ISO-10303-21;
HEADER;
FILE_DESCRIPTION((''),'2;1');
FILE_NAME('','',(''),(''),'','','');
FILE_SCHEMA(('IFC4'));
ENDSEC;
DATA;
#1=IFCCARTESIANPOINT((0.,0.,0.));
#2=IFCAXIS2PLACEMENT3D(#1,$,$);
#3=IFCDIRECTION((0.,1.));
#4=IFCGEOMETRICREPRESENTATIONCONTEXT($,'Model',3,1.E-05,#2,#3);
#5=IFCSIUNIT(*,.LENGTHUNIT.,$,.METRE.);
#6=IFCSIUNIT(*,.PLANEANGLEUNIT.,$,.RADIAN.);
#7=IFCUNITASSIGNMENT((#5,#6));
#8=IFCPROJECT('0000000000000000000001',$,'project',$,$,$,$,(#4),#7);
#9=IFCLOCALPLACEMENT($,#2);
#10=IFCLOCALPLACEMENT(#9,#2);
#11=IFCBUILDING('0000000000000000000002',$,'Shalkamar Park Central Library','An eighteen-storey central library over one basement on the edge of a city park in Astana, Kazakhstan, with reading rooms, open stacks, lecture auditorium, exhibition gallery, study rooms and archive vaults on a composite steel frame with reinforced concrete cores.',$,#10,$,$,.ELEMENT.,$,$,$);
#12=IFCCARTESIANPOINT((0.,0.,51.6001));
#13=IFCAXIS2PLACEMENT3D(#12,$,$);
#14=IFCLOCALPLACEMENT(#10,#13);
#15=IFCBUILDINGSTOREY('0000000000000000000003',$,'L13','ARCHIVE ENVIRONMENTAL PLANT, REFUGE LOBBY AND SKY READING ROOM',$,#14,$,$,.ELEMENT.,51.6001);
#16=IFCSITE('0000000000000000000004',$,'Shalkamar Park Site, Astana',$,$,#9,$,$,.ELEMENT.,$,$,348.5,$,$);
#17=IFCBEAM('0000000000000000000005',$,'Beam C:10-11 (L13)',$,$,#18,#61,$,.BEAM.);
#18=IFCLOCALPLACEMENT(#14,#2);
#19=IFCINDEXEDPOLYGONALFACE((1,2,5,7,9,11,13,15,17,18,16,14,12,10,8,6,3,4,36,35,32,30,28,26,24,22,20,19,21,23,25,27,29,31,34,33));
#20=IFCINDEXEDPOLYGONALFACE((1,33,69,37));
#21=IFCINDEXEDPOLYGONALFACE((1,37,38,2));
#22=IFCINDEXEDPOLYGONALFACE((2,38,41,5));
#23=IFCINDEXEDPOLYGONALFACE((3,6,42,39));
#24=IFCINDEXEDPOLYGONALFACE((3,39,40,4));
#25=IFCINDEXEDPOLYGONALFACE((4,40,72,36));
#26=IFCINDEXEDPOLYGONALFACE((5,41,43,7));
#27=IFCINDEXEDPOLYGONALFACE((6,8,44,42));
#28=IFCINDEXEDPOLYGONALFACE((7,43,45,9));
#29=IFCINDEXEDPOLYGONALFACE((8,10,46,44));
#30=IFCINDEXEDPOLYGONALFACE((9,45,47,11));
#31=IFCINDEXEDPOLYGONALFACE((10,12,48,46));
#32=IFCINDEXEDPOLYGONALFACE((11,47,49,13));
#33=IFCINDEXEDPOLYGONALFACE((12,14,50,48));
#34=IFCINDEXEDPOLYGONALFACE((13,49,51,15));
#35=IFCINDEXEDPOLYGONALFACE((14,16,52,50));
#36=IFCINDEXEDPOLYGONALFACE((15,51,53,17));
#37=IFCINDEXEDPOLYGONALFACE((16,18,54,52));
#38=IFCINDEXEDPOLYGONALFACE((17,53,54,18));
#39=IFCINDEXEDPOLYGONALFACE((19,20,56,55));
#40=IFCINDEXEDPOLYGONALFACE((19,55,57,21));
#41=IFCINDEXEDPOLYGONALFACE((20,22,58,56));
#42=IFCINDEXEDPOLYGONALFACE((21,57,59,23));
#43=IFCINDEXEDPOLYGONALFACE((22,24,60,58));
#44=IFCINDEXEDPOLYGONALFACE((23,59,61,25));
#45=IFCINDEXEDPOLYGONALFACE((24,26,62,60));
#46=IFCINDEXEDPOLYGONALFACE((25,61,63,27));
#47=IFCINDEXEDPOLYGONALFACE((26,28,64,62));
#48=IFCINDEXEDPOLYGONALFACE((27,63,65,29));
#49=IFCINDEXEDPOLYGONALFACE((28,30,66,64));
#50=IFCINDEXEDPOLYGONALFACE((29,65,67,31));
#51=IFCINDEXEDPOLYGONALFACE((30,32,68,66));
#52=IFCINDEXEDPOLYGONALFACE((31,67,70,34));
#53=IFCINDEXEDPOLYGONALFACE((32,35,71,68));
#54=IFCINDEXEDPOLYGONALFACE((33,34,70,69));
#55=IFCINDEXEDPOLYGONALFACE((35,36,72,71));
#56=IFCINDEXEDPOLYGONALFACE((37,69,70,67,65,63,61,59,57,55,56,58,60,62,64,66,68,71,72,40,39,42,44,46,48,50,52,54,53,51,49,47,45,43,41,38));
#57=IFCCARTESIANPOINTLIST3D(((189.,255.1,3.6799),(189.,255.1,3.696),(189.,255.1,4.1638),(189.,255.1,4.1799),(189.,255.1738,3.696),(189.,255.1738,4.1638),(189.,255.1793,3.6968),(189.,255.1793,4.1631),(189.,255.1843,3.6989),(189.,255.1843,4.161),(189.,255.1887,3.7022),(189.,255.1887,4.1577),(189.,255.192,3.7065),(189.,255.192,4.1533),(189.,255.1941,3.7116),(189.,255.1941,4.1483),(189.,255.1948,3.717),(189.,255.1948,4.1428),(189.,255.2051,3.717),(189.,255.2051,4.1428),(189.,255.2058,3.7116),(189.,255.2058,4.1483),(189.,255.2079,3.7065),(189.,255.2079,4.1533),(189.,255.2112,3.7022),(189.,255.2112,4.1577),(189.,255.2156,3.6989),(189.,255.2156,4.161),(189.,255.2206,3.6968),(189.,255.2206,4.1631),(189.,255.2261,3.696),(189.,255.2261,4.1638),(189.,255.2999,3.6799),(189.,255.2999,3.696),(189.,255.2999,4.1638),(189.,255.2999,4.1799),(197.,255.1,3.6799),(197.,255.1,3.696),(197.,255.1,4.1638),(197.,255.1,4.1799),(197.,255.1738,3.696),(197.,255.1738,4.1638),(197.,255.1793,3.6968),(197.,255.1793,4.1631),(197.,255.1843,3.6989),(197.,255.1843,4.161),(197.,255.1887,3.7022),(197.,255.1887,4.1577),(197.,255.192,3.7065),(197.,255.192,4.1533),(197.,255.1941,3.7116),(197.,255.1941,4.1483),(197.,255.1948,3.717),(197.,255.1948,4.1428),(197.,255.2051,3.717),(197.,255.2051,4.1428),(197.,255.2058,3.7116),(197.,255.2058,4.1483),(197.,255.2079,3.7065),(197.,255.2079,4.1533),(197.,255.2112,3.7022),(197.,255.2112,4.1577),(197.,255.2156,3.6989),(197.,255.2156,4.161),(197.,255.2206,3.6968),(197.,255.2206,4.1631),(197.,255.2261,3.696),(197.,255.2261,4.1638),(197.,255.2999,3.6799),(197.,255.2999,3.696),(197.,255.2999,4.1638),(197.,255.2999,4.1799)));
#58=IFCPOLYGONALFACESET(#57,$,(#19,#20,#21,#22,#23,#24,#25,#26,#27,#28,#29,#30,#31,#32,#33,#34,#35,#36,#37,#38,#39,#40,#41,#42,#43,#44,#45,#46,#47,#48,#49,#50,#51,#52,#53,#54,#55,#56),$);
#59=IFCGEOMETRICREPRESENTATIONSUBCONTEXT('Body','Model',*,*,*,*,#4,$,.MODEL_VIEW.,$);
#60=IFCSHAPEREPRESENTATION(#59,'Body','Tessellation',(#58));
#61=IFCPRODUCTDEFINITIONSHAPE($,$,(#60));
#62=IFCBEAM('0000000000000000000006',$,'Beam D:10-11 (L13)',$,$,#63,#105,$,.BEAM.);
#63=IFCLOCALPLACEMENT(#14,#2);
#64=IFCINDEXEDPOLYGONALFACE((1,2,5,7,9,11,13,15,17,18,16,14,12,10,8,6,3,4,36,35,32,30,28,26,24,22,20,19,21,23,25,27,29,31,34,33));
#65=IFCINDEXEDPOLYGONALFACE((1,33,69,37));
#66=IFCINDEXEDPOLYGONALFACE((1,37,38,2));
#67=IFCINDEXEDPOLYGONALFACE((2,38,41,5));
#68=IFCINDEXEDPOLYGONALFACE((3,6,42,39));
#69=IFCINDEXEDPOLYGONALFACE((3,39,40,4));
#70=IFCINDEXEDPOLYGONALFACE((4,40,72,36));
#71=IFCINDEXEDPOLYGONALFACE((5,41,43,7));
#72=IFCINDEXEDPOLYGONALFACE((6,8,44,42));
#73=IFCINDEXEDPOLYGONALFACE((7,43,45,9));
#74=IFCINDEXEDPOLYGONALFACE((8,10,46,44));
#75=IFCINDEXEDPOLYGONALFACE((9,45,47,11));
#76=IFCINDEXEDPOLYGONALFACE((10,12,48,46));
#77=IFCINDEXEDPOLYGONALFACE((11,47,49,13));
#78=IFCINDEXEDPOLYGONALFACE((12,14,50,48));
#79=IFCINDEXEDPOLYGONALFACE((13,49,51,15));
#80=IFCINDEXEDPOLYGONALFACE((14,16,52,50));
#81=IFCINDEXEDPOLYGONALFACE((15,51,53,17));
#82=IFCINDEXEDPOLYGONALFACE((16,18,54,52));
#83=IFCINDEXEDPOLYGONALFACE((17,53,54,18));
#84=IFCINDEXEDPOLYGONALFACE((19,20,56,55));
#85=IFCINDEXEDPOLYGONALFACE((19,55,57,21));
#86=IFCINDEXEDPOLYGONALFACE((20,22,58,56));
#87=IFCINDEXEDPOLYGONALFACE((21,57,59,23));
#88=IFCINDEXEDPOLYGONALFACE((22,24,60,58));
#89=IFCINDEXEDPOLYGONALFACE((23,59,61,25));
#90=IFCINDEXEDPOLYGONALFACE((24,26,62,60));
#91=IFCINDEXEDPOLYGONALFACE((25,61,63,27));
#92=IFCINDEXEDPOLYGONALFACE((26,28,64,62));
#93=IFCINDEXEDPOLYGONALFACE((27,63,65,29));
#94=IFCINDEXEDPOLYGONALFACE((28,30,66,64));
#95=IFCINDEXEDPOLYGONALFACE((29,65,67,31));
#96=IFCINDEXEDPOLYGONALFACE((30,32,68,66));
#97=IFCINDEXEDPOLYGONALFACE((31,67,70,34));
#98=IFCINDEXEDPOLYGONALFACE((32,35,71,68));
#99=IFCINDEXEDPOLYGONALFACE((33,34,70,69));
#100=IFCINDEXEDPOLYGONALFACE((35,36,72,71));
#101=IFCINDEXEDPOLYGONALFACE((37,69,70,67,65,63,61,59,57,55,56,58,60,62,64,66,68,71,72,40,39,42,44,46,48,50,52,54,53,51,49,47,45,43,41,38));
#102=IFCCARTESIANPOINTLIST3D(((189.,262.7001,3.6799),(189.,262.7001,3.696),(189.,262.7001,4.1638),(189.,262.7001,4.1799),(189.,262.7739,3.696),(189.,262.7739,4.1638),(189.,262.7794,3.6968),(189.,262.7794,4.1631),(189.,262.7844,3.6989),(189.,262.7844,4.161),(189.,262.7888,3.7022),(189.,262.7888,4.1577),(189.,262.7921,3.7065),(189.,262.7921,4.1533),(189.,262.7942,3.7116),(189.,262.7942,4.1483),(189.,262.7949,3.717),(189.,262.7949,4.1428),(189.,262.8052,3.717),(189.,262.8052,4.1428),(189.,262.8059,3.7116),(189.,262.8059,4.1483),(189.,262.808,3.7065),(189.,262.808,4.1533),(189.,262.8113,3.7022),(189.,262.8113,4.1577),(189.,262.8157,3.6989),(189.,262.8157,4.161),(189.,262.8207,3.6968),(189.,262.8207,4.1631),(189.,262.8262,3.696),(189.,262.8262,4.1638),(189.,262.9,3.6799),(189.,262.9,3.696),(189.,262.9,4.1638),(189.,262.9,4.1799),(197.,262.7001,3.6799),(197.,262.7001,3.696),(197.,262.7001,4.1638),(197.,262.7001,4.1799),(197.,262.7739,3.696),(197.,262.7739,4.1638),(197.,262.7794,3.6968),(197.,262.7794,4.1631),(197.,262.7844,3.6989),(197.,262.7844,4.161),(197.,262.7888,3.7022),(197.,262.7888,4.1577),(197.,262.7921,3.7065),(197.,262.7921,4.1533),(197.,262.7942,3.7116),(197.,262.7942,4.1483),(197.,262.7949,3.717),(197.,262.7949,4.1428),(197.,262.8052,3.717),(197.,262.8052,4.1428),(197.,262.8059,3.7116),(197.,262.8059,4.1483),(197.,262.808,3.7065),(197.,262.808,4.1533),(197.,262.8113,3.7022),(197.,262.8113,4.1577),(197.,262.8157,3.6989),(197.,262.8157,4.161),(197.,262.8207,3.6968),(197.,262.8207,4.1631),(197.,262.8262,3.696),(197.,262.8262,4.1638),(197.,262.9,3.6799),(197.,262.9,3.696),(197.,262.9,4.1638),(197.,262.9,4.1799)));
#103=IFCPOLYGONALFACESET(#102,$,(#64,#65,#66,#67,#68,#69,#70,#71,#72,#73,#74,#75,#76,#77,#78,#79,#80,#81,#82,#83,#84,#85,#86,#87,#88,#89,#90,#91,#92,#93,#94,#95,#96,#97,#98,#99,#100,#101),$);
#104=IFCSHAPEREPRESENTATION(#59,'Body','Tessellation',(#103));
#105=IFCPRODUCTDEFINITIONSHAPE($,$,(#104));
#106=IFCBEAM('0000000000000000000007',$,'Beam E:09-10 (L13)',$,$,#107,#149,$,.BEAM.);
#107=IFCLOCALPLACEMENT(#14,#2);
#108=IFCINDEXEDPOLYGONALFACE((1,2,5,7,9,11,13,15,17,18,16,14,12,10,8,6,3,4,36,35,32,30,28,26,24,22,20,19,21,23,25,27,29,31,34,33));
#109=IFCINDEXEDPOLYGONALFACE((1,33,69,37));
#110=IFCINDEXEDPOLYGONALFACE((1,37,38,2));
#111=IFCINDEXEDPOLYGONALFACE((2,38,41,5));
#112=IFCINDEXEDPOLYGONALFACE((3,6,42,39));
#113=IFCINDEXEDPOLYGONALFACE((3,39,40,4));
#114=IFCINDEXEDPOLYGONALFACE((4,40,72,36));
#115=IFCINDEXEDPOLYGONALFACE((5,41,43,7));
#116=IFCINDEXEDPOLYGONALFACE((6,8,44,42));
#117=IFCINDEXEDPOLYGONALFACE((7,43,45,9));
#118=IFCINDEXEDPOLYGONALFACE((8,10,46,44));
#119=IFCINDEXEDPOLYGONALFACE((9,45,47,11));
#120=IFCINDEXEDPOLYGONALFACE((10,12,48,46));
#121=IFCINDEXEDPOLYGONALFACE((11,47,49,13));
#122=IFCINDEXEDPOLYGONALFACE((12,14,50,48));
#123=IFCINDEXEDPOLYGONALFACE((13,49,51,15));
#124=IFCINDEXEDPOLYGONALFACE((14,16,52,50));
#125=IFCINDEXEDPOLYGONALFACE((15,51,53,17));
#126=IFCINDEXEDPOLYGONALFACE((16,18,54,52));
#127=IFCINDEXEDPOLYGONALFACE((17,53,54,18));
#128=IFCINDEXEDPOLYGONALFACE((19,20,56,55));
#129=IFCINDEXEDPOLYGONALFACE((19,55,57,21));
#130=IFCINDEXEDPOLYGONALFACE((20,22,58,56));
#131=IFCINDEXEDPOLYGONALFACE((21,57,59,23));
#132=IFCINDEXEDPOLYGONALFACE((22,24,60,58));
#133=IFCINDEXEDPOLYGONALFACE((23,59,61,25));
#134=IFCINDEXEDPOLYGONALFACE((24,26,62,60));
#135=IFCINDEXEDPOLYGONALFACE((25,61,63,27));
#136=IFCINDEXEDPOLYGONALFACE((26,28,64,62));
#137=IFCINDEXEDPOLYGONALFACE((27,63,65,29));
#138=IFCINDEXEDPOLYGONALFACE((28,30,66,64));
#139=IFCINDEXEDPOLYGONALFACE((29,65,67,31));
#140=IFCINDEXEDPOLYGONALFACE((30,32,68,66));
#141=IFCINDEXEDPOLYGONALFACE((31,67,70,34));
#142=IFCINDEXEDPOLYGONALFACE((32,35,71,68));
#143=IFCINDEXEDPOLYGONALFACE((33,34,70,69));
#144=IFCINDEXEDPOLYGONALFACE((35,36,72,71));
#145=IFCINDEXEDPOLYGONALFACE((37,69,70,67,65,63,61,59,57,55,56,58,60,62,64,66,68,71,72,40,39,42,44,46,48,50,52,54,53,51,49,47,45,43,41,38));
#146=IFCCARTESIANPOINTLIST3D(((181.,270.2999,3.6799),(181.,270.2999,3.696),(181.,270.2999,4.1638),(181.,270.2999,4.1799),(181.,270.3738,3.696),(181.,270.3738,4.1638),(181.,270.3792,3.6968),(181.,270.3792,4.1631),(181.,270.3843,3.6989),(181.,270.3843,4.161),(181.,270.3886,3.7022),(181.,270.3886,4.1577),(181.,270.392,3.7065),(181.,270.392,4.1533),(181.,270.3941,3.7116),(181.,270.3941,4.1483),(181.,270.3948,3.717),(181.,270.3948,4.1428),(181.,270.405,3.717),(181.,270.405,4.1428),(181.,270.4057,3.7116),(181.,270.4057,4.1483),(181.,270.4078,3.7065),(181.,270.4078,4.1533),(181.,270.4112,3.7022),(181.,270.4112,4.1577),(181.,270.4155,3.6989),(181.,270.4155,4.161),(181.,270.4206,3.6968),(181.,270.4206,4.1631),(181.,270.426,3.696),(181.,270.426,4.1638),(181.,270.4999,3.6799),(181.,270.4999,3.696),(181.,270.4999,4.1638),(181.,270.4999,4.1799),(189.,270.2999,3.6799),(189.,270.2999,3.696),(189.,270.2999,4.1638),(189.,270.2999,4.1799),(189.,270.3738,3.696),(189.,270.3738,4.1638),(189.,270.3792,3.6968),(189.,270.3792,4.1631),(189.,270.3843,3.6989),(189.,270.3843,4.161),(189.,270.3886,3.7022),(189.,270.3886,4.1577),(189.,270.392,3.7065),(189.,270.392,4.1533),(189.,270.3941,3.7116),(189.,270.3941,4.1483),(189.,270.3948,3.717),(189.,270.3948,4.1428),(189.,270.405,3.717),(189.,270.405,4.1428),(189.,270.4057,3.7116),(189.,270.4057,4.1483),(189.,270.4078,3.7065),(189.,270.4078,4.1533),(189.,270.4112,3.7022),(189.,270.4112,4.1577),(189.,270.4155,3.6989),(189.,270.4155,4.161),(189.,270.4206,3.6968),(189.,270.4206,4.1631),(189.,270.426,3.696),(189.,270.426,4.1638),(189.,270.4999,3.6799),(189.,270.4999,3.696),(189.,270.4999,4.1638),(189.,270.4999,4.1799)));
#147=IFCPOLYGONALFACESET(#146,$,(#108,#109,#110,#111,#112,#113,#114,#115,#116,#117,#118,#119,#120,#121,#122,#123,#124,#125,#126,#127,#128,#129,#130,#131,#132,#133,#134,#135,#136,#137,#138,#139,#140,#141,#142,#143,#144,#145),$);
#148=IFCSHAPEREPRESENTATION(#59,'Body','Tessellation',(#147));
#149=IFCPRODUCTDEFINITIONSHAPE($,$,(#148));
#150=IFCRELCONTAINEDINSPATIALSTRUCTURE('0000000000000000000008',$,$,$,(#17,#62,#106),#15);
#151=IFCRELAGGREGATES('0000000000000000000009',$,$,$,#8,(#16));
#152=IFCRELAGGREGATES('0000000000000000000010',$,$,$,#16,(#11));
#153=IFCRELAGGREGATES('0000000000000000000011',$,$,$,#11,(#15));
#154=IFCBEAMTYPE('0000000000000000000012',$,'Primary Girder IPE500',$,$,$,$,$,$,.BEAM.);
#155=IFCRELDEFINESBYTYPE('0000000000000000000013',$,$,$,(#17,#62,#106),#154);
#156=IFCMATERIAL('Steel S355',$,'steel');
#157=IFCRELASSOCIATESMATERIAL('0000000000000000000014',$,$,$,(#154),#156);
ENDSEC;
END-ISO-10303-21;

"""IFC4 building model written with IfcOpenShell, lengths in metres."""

from ifc_helpers import new_model, si_unit, direction, frame, origin, origin_2d, place, context, subcontext, project, spatial, i_section, extrude, material, material_profile, profile_set, type_object, element, save


model = new_model("IFC4")

# Units and contexts
model_context = context("Model", 3, precision=1e-05, world=origin(), true_north=direction((0.0, 1.0)))
body_context = subcontext(model_context, "Body", "Model", "MODEL_VIEW")
ifc_project = project(units=[si_unit("LENGTHUNIT", "METRE"), si_unit("PLANEANGLEUNIT", "RADIAN")], contexts=[model_context])

# Site, building, storey
site_placement = place(None, origin())
site = spatial("IfcSite", under=ifc_project, at=site_placement, Name="Shalkamar Park Site, Astana", CompositionType="ELEMENT", RefElevation=348.5)
building_placement = place(site_placement, origin())
building = spatial("IfcBuilding", under=site, at=building_placement, Name="Shalkamar Park Central Library", Description="An eighteen-storey central library over one basement on the edge of a city park in Astana, Kazakhstan, with reading rooms, open stacks, lecture auditorium, exhibition gallery, study rooms and archive vaults on a composite steel frame with reinforced concrete cores.", CompositionType="ELEMENT")
storey_placement = place(building_placement, frame((0.0, 0.0, 51.6001)))
storey = spatial("IfcBuildingStorey", under=building, at=storey_placement, Name="L13", Description="ARCHIVE ENVIRONMENTAL PLANT, REFUGE LOBBY AND SKY READING ROOM", CompositionType="ELEMENT", Elevation=51.6001)

# Shared definitions
ifc_material_1 = material(Name="Steel S355", Category="steel")

# Beams
ifc_material_profile_1 = material_profile(ifc_material_1, i_section(OverallWidth=0.2, OverallDepth=0.5, WebThickness=0.0103, FlangeThickness=0.0161, FilletRadius=0.021, at=origin_2d()), Name="IPE 500")
ifc_profile_set_1 = profile_set([ifc_material_profile_1], Name="Steel S355")
beam_type_1 = type_object("IfcBeamType", Name="Primary Girder IPE500", PredefinedType="BEAM", material=ifc_profile_set_1)
for number, where, z_axis, x_axis, name in (
    (1, (189.0, 255.2, 3.9299), (1.0, 0.0, 0.0), (0.0, 1.0, 0.0), "Beam C:10-11 (L13)"),
    (2, (189.0, 262.8, 3.9299), (1.0, 0.0, 0.0), (0.0, 1.0, 0.0), "Beam D:10-11 (L13)"),
    (3, (181.0, 270.3999, 3.9299), (1.0, 0.0, 0.0), (0.0, 1.0, 0.0), "Beam E:09-10 (L13)"),
):
    element("IfcBeam", number, at=place(storey_placement, frame(where, z_axis=z_axis, x_axis=x_axis)), inside=storey, type_object=beam_type_1, Name=name, PredefinedType="BEAM", context=body_context, shape_type="SweptSolid", body=[
        extrude(i_section(OverallWidth=0.2, OverallDepth=0.5, WebThickness=0.0103, FlangeThickness=0.0161, FilletRadius=0.021, at=origin_2d()), origin(), (0.0, 0.0, 1.0), 8.0),
    ])

save(model, "model.ifc")
